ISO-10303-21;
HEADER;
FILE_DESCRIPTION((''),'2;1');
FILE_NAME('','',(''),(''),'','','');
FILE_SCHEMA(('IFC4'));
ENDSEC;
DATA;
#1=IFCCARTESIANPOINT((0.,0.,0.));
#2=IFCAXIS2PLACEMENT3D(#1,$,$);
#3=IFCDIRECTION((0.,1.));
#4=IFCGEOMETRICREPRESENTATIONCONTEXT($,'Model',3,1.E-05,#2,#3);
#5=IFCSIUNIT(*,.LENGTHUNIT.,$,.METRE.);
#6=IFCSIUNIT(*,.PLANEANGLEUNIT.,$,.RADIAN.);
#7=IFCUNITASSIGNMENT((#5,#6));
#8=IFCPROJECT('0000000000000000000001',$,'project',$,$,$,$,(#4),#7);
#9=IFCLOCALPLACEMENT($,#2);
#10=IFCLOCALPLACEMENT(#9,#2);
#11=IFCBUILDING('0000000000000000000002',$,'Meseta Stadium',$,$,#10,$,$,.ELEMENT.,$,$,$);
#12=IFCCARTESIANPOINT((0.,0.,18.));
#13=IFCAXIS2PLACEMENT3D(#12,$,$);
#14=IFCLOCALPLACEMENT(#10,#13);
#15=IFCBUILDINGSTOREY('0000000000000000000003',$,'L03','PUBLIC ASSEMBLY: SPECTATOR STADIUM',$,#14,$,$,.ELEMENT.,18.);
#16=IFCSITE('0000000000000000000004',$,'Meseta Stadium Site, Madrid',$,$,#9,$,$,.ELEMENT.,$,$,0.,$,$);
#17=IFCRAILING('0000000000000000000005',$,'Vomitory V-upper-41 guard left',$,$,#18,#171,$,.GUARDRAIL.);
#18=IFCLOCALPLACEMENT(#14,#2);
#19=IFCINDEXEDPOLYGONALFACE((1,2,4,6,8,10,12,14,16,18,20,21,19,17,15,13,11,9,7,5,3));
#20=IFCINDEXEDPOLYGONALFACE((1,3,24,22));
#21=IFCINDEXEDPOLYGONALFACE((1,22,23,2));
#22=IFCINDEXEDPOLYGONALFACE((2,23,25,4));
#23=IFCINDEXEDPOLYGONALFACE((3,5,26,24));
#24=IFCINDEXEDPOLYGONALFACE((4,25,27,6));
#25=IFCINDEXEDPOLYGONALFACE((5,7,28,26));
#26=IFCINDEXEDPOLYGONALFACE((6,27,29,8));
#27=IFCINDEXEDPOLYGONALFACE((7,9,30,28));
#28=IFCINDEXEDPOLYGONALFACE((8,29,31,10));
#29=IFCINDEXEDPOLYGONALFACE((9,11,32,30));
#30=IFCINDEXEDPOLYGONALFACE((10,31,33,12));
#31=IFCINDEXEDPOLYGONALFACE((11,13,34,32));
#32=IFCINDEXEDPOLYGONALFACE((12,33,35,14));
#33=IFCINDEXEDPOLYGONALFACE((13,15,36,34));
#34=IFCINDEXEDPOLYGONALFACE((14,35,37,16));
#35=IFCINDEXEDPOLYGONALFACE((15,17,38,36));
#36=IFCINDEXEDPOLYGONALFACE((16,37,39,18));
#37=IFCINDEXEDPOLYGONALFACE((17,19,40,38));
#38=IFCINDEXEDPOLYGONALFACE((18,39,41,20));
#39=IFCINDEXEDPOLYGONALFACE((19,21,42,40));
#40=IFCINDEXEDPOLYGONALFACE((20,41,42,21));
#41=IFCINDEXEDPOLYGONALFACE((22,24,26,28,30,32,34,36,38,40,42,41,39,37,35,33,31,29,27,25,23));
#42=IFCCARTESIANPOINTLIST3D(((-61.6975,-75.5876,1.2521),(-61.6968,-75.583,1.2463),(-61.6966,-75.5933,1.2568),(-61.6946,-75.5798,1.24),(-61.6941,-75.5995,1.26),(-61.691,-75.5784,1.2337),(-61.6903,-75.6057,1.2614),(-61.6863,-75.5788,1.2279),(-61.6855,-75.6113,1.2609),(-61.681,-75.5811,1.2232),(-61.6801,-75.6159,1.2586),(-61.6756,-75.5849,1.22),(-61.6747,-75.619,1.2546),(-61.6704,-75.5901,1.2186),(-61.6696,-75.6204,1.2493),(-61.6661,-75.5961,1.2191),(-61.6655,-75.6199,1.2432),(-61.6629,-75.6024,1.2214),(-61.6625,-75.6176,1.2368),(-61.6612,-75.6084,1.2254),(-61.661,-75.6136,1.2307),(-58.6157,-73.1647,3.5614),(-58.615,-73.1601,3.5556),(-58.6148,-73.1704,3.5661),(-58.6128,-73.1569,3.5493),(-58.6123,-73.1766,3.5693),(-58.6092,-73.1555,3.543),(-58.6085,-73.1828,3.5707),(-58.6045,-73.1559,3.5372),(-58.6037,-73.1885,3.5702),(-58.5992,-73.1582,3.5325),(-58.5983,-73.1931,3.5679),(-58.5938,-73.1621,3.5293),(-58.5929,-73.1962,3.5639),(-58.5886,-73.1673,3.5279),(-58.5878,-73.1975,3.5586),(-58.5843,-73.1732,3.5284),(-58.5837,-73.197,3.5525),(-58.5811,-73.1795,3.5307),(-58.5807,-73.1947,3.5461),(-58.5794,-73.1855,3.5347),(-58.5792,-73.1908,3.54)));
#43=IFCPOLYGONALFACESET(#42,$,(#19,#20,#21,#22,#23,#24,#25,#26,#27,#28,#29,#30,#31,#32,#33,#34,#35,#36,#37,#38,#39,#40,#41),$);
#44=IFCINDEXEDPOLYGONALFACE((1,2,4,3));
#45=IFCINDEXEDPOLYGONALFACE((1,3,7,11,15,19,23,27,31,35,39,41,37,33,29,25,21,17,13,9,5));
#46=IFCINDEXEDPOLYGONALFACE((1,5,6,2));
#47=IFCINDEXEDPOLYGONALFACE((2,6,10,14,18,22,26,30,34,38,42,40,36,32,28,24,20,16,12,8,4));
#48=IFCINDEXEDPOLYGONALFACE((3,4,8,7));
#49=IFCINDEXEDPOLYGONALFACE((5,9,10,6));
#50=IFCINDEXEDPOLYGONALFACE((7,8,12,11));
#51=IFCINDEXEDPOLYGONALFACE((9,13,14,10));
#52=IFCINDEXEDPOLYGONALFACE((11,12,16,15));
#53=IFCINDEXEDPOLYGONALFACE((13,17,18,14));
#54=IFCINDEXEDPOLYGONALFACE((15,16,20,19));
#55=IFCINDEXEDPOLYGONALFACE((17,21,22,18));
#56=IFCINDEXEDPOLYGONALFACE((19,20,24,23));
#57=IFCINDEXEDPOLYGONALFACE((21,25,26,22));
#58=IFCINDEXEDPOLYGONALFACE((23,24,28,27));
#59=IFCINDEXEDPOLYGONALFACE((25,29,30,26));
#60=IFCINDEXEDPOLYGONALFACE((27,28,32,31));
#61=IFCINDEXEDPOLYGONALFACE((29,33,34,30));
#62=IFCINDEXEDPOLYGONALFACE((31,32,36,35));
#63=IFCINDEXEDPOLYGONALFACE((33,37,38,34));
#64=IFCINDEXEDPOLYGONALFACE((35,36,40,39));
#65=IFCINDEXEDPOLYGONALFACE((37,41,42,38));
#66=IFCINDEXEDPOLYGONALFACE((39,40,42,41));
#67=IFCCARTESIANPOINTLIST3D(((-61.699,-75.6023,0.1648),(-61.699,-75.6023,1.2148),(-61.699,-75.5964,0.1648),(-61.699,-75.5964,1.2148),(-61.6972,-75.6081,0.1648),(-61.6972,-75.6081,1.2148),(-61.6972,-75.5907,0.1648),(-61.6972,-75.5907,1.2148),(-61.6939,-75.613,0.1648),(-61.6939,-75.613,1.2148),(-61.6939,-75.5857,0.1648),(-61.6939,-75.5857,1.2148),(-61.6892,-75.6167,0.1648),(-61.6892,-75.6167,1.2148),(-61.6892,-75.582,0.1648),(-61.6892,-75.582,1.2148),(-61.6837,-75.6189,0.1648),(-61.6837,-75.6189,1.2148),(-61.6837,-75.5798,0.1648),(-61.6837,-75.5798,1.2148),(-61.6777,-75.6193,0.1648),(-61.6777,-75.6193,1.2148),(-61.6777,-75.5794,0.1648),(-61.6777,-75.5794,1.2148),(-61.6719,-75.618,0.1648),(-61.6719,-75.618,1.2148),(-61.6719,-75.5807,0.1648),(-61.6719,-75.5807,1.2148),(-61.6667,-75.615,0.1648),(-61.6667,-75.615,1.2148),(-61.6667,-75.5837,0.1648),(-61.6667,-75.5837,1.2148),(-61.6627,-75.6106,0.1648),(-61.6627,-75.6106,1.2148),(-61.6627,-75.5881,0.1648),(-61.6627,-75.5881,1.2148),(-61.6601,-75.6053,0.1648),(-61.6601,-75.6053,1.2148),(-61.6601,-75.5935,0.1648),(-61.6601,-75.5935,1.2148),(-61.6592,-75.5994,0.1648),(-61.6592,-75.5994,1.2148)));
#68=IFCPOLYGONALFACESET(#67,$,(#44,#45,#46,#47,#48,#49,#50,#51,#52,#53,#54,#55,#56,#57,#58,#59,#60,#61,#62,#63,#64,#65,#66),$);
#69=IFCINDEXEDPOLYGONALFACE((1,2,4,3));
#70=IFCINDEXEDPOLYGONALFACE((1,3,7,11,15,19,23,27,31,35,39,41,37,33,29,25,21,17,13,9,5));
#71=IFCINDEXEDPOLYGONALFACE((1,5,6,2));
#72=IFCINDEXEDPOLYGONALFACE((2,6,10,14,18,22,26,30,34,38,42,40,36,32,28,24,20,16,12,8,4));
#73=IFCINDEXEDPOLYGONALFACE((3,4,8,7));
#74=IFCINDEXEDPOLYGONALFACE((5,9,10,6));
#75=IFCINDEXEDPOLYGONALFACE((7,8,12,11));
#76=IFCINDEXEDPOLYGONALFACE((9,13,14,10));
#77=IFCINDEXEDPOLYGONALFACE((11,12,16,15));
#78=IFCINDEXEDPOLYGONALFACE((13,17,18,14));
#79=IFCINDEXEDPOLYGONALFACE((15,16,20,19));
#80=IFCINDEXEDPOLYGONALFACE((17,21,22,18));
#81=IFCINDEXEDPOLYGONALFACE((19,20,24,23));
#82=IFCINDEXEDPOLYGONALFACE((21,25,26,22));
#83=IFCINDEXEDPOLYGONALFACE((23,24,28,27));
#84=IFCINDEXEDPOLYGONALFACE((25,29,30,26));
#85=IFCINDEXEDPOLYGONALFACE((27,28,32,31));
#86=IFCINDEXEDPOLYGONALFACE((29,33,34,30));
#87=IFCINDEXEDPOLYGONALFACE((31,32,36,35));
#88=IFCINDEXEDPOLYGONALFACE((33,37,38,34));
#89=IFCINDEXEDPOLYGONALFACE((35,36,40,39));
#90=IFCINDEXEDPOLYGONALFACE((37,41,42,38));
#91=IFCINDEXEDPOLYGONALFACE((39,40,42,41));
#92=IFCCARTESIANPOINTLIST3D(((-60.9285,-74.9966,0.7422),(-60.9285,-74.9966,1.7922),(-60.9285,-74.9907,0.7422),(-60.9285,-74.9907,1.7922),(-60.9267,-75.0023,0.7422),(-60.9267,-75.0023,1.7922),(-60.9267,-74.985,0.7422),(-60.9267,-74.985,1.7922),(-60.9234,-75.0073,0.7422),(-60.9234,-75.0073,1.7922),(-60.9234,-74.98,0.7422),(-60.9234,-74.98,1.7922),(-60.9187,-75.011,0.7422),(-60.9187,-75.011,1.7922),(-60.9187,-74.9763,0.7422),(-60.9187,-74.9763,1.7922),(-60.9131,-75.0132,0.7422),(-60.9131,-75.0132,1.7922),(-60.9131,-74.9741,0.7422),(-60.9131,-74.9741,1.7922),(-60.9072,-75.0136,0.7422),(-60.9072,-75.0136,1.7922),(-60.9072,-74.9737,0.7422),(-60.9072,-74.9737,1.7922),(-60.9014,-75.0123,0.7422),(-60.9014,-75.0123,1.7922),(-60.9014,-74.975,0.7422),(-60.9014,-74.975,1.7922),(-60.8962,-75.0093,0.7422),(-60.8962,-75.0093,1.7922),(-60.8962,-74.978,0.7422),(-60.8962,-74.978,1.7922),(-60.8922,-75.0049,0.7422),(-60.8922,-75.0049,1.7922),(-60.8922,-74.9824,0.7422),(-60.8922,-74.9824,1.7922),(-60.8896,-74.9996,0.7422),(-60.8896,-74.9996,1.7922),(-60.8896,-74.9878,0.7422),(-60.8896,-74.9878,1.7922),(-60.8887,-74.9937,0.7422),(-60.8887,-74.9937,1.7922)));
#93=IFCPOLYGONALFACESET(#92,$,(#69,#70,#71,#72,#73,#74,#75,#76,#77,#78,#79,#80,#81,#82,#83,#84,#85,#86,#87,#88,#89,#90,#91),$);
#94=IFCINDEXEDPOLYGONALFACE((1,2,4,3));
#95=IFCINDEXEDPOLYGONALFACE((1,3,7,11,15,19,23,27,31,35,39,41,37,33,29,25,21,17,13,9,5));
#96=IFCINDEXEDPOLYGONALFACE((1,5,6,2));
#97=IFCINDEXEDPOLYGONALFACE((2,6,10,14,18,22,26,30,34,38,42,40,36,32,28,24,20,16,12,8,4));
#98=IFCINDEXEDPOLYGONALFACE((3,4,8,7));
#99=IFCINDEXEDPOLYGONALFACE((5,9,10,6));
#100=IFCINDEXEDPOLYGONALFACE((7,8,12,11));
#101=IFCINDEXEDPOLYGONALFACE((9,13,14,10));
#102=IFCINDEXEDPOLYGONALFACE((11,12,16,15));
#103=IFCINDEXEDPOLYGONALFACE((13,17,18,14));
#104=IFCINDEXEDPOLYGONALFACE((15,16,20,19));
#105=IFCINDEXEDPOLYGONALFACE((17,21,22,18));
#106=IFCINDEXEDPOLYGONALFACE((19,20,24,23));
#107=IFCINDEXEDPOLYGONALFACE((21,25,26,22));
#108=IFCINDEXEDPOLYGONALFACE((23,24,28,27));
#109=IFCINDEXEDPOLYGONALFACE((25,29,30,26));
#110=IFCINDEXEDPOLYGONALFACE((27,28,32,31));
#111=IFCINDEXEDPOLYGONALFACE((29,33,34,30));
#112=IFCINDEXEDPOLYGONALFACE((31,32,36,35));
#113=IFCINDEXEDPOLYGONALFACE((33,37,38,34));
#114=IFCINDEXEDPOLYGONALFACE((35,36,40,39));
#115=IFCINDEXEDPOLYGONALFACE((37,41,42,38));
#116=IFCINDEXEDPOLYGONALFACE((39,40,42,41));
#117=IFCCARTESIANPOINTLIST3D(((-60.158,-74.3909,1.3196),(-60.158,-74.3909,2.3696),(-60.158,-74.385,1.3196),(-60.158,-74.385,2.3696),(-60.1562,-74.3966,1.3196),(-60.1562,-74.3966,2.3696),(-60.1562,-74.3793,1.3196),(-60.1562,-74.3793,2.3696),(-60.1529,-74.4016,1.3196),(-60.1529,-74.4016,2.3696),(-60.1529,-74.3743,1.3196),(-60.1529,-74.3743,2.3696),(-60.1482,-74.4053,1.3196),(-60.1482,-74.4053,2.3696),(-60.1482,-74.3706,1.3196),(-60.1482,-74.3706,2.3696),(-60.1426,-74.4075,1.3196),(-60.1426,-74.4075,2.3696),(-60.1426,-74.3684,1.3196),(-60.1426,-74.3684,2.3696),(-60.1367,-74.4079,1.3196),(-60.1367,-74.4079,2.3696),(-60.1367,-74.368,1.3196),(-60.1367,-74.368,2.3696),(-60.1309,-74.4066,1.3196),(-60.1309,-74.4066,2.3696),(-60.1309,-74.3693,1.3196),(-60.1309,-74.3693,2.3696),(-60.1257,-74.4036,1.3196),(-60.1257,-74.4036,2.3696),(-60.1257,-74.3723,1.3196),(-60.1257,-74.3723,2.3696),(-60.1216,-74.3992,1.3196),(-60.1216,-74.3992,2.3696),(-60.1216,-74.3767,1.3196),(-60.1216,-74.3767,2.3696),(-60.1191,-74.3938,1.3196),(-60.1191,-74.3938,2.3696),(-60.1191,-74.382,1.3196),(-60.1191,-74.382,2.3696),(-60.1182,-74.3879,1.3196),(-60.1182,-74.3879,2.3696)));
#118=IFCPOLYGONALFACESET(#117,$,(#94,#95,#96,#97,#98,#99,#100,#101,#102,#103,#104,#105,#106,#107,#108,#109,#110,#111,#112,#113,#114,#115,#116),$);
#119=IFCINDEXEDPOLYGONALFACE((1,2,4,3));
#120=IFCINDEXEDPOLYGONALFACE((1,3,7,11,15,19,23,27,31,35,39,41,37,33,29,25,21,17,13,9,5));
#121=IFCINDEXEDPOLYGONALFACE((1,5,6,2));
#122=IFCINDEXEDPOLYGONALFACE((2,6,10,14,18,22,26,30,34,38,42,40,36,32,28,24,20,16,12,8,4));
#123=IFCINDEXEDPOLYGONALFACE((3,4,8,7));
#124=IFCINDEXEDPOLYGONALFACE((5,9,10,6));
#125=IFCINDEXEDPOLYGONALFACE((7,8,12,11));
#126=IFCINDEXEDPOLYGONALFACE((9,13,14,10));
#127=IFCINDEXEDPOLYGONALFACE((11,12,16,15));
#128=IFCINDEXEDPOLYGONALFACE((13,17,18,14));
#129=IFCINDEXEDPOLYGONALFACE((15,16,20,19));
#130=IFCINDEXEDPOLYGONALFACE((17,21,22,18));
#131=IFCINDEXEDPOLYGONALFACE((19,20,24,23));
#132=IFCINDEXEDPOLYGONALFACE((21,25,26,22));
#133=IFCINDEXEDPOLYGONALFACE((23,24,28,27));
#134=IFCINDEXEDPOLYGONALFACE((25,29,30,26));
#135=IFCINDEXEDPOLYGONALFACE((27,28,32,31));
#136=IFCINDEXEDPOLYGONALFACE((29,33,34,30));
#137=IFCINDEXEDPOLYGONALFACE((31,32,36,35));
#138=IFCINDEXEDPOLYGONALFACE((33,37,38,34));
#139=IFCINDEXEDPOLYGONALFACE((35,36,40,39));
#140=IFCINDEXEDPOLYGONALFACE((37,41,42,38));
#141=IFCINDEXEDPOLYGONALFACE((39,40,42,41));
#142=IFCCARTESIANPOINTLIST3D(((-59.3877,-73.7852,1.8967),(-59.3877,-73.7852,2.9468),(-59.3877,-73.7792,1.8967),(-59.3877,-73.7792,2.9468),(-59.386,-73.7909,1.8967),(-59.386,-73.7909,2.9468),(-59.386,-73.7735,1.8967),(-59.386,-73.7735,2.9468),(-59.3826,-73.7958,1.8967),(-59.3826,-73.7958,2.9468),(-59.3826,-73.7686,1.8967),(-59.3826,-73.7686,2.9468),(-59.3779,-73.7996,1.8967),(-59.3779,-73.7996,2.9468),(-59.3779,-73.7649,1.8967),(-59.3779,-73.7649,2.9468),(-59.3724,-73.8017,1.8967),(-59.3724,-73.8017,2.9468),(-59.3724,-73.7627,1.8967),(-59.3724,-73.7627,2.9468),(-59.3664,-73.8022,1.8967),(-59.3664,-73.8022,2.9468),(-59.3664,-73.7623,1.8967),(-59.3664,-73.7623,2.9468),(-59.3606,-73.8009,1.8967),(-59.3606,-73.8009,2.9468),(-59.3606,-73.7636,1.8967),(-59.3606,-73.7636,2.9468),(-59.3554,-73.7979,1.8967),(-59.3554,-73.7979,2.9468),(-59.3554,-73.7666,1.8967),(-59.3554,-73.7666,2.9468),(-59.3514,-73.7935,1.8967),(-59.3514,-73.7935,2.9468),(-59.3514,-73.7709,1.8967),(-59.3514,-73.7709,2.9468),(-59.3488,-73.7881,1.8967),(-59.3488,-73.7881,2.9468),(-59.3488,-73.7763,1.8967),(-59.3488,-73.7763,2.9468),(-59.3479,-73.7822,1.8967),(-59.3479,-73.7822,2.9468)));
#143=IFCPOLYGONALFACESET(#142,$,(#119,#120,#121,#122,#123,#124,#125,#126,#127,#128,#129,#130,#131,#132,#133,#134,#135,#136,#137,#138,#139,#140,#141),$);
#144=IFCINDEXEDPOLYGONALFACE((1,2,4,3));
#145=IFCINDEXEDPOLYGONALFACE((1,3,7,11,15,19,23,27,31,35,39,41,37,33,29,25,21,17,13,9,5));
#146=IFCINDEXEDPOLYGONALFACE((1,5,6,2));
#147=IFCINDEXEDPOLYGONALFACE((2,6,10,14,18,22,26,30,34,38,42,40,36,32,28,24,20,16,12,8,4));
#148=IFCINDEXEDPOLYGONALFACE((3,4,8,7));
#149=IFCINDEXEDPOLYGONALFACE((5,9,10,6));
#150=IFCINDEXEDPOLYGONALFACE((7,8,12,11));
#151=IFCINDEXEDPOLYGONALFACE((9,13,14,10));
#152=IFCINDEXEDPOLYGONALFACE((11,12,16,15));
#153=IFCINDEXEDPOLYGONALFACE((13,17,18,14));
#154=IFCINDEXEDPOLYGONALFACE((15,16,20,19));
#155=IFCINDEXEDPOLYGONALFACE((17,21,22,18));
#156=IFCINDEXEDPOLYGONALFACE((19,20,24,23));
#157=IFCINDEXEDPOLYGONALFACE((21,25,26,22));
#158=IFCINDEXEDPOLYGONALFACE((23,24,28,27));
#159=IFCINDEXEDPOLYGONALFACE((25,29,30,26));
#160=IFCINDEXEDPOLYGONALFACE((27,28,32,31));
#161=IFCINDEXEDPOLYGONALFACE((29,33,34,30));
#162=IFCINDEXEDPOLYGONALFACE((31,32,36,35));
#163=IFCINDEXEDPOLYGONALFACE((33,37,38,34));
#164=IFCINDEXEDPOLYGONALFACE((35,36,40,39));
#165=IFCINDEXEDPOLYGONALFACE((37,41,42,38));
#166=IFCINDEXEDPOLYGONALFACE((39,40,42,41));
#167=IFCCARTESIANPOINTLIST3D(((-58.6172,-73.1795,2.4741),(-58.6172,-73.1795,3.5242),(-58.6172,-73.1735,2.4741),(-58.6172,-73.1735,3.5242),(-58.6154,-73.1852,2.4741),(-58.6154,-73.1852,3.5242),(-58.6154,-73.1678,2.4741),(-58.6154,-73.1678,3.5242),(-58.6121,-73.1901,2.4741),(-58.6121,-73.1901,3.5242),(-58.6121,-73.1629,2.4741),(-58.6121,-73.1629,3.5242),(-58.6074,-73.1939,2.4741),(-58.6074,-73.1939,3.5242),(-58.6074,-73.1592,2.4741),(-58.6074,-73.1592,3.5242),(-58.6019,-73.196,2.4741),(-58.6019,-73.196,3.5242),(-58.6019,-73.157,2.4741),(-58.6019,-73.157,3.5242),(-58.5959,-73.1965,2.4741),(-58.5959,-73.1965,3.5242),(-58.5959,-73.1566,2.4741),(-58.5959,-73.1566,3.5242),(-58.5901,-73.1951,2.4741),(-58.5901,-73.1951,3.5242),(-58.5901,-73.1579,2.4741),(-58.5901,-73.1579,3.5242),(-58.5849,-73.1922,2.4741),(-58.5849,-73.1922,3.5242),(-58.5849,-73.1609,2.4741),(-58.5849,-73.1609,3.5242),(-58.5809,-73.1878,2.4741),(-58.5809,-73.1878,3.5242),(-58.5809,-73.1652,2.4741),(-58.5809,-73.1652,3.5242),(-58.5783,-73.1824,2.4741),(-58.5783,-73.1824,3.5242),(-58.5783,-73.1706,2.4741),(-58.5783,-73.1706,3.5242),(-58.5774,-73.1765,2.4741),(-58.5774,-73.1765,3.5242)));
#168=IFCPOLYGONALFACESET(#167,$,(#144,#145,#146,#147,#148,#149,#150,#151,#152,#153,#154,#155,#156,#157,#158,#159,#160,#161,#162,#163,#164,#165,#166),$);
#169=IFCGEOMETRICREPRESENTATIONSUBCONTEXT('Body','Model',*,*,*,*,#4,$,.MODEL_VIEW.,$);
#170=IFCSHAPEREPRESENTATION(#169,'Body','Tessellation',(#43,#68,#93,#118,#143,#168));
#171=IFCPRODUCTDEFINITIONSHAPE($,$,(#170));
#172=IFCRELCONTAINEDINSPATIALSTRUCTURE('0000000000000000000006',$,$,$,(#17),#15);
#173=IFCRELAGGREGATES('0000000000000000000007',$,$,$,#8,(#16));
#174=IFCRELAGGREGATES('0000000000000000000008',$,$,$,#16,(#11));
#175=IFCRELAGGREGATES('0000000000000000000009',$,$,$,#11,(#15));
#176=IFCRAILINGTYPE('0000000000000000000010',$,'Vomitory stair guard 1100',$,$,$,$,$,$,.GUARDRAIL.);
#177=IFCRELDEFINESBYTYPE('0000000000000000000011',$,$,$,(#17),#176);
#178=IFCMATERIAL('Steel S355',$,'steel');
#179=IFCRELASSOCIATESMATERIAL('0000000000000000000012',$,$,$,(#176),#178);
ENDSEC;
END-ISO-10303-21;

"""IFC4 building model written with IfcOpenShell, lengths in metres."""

from ifc_helpers import new_model, si_unit, direction, frame, origin, origin_2d, place, context, subcontext, project, spatial, circle, extrude, material, type_object, element, save


model = new_model("IFC4")

# Units and contexts
model_context = context("Model", 3, precision=1e-05, world=origin(), true_north=direction((0.0, 1.0)))
body_context = subcontext(model_context, "Body", "Model", "MODEL_VIEW")
ifc_project = project(units=[si_unit("LENGTHUNIT", "METRE"), si_unit("PLANEANGLEUNIT", "RADIAN")], contexts=[model_context])

# Site, building, storey
site_placement = place(None, origin())
site = spatial("IfcSite", under=ifc_project, at=site_placement, Name="Meseta Stadium Site, Madrid", CompositionType="ELEMENT", RefElevation=0.0)
building_placement = place(site_placement, origin())
building = spatial("IfcBuilding", under=site, at=building_placement, Name="Meseta Stadium", CompositionType="ELEMENT")
storey_placement = place(building_placement, frame((0.0, 0.0, 18.0)))
storey = spatial("IfcBuildingStorey", under=building, at=storey_placement, Name="L03", Description="PUBLIC ASSEMBLY: SPECTATOR STADIUM", CompositionType="ELEMENT", Elevation=18.0)

# Railing
ifc_material_1 = material(Name="Steel S355", Category="steel")
railing_type_1 = type_object("IfcRailingType", Name="Vomitory stair guard 1100", PredefinedType="GUARDRAIL", material=ifc_material_1)
railing_1_placement = place(storey_placement, frame((-61.6792, -75.5994, 0.1648)))
element("IfcRailing", 1, at=railing_1_placement, inside=storey, type_object=railing_type_1, Name="Vomitory V-upper-41 guard left", PredefinedType="GUARDRAIL", context=body_context, shape_type="SweptSolid", body=[
    extrude(circle(Radius=0.0249, at=origin_2d()), frame((0.0, 0.0, 1.0752), z_axis=(0.677347, 0.532519, 0.507567), x_axis=(-0.61805, 0.786139, 0.0)), (0.0, 0.0, 1.0), 4.5498),
    extrude(circle(Radius=0.02, at=origin_2d()), origin(), (0.0, 0.0, 1.0), 1.05),
    extrude(circle(Radius=0.02, at=origin_2d()), frame((0.7705, 0.6057, 0.5774)), (0.0, 0.0, 1.0), 1.05),
    extrude(circle(Radius=0.02, at=origin_2d()), frame((1.541, 1.2114, 1.1548)), (0.0, 0.0, 1.0), 1.05),
    extrude(circle(Radius=0.02, at=origin_2d()), frame((2.3113, 1.8171, 1.7319)), (0.0, 0.0, 1.0), 1.05),
    extrude(circle(Radius=0.02, at=origin_2d()), frame((3.0818, 2.4229, 2.3093)), (0.0, 0.0, 1.0), 1.05),
])

save(model, "model.ifc")
